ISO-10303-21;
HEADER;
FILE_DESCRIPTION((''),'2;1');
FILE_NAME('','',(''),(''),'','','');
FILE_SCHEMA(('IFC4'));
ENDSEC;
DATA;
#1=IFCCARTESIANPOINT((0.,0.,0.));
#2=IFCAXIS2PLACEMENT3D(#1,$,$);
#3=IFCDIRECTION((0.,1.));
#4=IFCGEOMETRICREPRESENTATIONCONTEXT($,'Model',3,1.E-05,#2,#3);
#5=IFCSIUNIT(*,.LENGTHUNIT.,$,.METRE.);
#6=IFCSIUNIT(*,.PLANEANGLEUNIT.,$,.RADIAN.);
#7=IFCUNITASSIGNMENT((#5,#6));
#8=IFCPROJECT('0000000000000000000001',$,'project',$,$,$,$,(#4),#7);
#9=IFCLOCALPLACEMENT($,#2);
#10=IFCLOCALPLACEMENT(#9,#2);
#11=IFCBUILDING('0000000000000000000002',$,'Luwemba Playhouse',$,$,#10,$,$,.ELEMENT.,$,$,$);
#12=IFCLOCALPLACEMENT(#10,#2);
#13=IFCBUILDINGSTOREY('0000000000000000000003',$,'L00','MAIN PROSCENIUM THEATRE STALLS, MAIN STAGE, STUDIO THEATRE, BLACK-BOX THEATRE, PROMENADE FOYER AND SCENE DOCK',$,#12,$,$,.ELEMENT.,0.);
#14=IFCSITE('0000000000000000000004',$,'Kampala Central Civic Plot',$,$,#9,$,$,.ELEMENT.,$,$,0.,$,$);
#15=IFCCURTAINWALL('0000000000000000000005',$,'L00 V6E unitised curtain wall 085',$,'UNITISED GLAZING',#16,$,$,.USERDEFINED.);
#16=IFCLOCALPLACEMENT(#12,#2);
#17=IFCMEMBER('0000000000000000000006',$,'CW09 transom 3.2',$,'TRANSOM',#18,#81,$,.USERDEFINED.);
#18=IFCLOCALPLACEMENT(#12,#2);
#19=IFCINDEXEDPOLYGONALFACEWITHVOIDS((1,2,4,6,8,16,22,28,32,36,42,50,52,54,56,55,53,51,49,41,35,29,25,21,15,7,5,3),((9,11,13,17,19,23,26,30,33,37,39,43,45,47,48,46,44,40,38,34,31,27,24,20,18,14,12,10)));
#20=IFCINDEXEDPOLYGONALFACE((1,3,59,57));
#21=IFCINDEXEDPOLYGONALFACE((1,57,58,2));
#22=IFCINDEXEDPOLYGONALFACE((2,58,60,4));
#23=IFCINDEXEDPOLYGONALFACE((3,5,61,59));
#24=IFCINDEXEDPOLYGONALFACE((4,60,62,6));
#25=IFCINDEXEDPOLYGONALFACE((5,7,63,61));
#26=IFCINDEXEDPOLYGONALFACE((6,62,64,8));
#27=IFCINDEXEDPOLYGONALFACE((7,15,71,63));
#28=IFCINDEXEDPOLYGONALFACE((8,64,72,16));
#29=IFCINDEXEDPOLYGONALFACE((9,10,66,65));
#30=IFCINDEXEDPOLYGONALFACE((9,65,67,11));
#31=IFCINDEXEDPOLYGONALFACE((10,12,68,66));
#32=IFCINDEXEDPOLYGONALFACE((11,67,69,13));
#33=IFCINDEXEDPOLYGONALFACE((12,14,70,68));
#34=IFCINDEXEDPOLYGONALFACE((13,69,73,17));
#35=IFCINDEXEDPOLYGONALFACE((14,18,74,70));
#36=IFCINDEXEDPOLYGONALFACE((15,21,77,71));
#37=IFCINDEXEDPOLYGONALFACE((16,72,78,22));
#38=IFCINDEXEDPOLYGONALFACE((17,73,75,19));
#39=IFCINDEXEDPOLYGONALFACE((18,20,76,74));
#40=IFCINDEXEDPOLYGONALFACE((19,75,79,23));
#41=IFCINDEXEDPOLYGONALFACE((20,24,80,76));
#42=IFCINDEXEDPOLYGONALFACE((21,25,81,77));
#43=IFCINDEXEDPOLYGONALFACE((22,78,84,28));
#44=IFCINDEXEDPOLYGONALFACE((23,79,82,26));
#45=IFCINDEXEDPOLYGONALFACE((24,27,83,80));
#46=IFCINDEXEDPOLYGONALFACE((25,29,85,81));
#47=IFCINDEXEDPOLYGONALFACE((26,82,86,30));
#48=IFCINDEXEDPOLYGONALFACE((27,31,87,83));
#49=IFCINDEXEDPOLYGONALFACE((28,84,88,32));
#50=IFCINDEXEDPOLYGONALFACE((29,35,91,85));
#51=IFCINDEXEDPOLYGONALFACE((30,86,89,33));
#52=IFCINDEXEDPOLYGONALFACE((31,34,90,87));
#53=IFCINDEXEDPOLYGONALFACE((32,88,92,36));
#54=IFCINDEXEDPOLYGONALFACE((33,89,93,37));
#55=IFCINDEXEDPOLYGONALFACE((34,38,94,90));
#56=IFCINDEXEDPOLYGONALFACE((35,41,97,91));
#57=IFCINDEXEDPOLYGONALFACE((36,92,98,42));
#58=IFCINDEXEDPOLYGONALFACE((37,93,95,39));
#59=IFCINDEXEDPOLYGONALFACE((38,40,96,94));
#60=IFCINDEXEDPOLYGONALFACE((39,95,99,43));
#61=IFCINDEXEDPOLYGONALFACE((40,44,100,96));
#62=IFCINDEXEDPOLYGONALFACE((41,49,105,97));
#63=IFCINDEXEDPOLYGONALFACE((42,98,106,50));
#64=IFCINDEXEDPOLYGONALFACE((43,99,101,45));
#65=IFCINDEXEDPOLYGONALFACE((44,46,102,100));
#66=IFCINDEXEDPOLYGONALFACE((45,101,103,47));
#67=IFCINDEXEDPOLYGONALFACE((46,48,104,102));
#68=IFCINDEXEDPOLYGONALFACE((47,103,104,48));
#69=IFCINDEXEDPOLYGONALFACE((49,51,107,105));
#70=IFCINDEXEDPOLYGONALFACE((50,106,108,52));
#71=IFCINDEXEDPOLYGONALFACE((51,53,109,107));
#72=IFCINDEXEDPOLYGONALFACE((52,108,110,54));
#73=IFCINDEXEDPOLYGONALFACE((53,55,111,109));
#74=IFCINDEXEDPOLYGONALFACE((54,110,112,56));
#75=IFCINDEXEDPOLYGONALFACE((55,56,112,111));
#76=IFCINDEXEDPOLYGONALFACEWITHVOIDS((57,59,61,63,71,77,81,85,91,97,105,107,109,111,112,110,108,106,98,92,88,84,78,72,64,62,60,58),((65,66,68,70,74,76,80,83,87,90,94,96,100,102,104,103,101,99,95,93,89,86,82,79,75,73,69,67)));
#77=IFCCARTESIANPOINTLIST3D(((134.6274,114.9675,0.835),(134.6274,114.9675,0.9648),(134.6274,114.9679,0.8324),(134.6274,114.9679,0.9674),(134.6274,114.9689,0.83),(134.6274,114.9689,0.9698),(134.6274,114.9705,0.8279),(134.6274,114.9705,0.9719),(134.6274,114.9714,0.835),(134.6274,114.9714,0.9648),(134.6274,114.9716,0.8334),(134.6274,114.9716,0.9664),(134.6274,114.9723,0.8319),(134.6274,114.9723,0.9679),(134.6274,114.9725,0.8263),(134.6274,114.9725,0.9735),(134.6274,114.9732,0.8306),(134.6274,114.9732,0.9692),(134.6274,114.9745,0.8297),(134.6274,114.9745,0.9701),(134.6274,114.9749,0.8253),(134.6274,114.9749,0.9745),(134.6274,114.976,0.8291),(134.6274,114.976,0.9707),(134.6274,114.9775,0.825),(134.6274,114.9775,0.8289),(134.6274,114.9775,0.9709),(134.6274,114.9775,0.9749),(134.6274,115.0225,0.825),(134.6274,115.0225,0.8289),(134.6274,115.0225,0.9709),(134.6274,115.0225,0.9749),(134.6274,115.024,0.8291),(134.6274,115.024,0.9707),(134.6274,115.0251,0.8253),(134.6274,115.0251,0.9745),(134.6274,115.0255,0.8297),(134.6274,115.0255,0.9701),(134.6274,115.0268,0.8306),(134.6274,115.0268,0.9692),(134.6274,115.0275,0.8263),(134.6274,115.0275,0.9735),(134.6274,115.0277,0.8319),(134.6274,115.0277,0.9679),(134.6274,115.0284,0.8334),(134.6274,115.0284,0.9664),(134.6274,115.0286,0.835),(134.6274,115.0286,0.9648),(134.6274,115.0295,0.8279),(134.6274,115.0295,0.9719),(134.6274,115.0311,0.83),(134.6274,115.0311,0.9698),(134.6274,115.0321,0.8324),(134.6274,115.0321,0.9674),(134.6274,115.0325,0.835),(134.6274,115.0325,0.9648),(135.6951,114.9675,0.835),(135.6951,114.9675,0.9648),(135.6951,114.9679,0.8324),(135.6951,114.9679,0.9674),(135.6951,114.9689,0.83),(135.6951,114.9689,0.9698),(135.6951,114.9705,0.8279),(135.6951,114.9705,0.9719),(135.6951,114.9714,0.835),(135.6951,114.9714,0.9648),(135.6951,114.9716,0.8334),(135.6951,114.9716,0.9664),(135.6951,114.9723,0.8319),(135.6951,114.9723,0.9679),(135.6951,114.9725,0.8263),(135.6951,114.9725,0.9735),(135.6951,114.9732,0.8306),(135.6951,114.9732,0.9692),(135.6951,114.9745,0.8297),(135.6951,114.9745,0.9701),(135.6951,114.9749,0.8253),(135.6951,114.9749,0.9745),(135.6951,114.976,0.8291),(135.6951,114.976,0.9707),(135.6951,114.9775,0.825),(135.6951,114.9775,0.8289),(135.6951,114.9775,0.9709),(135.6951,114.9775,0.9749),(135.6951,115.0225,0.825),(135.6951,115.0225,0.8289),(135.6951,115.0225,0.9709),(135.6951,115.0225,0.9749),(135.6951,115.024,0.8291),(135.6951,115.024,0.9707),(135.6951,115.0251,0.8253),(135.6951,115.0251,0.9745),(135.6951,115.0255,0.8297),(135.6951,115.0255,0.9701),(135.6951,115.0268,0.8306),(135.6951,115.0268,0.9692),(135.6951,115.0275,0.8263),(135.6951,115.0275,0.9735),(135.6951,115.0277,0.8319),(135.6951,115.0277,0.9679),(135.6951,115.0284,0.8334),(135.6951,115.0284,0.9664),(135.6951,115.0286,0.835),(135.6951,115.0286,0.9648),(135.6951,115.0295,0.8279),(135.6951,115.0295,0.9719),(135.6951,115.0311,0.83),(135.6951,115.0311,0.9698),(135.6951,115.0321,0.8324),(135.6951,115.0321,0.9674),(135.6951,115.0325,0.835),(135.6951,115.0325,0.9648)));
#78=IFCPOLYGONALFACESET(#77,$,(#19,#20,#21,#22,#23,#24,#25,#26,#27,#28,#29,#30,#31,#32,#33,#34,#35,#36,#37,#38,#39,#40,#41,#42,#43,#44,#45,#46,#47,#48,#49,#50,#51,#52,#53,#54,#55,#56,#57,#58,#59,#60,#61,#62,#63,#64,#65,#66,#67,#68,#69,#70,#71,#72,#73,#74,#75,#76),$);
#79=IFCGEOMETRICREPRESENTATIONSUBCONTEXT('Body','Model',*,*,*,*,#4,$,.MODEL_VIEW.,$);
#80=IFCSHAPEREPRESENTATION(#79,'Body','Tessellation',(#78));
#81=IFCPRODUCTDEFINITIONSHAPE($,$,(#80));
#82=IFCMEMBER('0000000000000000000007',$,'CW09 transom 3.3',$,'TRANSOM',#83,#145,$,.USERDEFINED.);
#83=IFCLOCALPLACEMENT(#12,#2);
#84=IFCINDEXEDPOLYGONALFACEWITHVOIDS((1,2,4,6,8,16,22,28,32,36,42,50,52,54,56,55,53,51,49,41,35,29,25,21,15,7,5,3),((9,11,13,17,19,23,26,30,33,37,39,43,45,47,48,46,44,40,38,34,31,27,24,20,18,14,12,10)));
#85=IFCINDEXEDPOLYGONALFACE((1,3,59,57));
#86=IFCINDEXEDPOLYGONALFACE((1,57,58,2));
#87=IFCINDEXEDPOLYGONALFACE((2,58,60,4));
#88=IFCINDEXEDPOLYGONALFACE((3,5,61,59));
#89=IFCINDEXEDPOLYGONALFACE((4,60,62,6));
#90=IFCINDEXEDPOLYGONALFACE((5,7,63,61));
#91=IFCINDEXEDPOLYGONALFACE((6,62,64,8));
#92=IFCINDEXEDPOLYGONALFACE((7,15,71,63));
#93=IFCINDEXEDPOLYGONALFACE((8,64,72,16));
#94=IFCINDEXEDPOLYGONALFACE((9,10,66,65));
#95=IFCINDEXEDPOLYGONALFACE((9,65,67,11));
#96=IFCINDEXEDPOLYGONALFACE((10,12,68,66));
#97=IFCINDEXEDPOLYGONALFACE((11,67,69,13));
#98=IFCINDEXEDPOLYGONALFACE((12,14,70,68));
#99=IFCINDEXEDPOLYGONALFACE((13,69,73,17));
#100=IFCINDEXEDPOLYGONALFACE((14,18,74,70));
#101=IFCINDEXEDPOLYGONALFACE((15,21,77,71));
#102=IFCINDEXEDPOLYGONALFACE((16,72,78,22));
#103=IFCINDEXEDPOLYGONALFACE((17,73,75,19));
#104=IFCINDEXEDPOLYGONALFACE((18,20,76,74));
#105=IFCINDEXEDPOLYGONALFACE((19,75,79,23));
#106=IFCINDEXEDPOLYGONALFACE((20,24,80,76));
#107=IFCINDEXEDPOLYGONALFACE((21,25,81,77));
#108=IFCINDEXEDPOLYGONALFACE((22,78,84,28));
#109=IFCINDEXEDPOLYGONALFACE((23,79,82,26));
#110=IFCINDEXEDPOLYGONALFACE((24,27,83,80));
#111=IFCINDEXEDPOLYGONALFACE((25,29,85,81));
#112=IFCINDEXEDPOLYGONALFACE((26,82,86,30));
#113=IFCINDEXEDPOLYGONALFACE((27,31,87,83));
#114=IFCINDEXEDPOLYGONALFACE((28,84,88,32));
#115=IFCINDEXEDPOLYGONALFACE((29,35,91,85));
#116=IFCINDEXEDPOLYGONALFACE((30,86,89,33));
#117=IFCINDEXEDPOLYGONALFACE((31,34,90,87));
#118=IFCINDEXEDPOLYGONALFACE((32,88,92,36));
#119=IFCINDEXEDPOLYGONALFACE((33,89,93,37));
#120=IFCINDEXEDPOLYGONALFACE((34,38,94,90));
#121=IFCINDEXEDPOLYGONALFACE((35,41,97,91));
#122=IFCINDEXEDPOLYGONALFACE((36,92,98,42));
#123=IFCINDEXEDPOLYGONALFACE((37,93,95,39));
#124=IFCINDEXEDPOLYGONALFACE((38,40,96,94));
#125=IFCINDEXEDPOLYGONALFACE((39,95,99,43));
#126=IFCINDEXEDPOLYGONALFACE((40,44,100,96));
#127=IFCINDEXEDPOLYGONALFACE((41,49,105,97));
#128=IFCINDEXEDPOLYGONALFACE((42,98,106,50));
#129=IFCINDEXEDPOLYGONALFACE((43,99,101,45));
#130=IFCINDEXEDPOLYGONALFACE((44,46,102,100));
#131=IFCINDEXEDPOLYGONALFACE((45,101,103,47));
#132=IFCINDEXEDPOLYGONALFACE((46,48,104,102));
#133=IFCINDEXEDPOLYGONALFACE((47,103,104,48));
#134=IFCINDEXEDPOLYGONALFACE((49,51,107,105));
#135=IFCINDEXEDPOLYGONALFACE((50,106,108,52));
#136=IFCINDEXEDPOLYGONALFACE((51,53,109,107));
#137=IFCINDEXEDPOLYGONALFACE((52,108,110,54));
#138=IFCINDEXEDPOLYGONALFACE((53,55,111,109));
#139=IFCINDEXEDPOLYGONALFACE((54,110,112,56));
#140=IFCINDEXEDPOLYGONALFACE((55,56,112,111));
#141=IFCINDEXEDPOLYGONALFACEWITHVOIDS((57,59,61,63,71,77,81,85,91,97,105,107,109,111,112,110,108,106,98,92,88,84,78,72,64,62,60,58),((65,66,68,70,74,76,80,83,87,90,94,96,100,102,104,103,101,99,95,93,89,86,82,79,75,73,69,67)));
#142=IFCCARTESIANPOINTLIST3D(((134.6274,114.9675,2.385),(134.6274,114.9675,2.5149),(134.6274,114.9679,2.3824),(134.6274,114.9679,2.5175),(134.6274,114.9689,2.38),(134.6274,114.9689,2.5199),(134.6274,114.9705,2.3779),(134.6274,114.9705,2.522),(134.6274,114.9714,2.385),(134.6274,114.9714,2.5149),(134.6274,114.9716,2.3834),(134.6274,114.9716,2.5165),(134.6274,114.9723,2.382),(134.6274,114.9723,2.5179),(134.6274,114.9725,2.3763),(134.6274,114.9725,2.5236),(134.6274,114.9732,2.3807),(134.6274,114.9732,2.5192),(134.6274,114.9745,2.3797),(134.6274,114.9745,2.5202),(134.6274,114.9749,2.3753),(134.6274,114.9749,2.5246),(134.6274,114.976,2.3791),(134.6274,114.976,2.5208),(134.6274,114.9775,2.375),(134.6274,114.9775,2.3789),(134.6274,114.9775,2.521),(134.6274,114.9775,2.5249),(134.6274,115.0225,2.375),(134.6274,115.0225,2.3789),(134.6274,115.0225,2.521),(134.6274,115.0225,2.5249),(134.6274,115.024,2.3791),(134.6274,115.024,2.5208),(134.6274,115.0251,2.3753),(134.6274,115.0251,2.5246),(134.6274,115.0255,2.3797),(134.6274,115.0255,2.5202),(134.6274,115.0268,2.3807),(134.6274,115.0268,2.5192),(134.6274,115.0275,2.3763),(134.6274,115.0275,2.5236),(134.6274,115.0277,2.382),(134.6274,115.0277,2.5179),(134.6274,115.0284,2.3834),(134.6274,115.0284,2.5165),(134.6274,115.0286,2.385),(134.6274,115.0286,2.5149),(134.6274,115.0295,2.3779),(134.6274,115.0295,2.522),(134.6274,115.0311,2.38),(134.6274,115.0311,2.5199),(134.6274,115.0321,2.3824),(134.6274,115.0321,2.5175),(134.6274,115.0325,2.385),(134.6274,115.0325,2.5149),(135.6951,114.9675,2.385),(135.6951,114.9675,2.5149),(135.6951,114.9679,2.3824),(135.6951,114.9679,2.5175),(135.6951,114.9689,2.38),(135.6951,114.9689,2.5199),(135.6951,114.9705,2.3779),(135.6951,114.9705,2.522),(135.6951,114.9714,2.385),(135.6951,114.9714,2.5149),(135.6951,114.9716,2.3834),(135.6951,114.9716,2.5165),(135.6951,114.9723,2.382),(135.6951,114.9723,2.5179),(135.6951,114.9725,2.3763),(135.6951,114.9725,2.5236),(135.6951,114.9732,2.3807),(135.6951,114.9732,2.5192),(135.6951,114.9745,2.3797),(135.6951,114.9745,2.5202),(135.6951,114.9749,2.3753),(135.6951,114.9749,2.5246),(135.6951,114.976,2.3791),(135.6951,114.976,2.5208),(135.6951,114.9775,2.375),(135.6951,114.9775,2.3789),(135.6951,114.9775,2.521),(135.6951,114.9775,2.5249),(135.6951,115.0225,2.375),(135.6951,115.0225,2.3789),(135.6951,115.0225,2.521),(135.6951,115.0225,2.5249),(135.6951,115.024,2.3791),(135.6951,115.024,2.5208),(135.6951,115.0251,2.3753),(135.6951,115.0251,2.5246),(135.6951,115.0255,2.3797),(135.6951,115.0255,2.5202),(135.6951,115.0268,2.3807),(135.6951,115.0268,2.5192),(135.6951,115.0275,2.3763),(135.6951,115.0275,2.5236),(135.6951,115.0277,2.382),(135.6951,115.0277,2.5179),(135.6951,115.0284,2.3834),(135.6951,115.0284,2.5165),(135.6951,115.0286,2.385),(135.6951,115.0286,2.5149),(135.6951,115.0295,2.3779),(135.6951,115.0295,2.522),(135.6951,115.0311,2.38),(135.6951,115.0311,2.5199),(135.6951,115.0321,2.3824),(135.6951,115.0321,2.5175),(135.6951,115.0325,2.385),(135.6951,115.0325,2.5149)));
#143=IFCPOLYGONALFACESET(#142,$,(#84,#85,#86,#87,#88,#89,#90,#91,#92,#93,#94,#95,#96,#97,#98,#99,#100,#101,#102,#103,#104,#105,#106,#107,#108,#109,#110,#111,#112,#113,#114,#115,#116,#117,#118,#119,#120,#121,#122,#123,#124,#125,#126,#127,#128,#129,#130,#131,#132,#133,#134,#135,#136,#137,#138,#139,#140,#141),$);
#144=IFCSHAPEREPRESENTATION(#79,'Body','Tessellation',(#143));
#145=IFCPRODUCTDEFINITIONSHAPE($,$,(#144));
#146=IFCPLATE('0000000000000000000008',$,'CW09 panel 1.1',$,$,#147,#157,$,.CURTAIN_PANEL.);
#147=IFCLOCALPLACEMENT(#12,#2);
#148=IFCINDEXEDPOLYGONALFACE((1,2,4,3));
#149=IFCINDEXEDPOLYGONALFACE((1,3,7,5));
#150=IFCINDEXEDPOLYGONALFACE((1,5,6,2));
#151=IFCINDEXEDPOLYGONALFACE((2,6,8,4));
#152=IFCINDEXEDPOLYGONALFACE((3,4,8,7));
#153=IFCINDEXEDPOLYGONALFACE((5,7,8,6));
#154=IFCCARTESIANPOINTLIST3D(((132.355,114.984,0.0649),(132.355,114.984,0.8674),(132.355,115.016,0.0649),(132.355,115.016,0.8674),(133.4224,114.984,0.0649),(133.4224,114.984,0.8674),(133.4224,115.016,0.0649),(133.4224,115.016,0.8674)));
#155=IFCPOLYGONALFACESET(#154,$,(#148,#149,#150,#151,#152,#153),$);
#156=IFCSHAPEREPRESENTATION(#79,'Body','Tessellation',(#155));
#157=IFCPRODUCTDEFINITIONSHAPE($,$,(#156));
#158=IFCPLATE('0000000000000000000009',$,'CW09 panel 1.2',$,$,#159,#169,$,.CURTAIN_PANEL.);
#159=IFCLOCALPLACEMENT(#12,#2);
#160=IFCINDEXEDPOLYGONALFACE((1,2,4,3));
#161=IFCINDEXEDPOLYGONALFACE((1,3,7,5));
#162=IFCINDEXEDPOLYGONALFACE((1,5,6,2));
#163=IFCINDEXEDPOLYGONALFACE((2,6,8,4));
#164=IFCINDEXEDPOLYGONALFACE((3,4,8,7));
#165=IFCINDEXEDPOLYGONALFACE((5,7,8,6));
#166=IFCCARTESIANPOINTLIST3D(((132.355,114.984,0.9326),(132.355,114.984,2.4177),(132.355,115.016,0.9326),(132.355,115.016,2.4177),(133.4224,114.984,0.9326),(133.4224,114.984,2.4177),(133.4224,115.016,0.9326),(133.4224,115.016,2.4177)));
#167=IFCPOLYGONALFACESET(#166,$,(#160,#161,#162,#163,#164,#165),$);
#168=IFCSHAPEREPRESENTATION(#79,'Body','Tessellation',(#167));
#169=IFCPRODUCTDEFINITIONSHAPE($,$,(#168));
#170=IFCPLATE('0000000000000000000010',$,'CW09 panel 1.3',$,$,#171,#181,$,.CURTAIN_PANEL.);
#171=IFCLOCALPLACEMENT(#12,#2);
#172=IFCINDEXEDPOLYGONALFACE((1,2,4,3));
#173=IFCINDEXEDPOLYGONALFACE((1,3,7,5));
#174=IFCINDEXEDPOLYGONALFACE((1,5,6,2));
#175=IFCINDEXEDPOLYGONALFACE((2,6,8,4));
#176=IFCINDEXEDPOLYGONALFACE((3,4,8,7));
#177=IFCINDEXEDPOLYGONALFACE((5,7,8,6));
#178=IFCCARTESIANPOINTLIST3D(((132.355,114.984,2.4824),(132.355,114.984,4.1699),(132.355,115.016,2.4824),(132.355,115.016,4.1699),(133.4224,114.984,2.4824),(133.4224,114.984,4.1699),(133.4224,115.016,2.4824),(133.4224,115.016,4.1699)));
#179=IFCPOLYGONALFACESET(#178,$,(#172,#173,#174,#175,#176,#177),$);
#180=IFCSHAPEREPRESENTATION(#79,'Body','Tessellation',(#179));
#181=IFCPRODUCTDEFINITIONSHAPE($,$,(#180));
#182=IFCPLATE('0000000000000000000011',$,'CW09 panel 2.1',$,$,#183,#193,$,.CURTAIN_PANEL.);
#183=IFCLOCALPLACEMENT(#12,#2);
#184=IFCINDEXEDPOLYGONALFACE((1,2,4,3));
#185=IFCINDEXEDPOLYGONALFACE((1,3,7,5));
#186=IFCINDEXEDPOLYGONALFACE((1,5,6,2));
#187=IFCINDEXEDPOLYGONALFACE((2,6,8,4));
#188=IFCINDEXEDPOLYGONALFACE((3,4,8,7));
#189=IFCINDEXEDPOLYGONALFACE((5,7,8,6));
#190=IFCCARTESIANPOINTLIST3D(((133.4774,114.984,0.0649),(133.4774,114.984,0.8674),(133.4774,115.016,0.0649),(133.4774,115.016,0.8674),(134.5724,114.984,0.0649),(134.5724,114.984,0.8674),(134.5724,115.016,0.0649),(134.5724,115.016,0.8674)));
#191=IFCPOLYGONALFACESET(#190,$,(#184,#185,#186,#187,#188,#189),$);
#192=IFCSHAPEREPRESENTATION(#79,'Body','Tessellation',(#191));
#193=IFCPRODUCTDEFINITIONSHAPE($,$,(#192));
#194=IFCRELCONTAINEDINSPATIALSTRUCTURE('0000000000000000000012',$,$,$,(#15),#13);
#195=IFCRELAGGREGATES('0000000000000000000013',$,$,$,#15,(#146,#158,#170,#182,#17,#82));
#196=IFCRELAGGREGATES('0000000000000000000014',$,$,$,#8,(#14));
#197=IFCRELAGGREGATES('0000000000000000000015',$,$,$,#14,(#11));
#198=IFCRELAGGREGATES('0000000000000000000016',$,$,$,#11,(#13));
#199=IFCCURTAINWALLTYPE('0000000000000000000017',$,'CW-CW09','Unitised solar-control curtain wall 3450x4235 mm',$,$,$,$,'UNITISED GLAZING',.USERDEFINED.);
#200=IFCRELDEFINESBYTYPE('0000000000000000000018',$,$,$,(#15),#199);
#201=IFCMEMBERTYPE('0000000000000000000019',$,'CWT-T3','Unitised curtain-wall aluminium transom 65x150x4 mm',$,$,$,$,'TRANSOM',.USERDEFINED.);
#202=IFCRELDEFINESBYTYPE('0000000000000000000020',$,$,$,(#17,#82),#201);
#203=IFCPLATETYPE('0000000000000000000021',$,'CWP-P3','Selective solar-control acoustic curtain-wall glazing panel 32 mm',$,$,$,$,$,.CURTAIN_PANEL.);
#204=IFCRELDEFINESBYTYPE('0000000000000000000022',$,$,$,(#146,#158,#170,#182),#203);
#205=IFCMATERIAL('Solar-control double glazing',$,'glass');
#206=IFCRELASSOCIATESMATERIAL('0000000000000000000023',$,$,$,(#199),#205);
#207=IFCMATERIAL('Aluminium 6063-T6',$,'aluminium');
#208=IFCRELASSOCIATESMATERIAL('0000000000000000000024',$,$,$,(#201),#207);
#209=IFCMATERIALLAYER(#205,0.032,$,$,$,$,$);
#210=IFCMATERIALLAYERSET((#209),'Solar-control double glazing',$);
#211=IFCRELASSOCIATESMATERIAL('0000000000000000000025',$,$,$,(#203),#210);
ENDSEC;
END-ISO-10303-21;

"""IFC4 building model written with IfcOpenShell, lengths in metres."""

from ifc_helpers import new_model, si_unit, direction, frame, origin, origin_2d, place, context, subcontext, project, spatial, rectangle, hollow_rectangle, extrude, material, layer, layer_set, material_profile, profile_set, type_object, element, aggregate, save


model = new_model("IFC4")

# Units and contexts
model_context = context("Model", 3, precision=1e-05, world=origin(), true_north=direction((0.0, 1.0)))
body_context = subcontext(model_context, "Body", "Model", "MODEL_VIEW")
ifc_project = project(units=[si_unit("LENGTHUNIT", "METRE"), si_unit("PLANEANGLEUNIT", "RADIAN")], contexts=[model_context])

# Site, building, storey
site_placement = place(None, origin())
site = spatial("IfcSite", under=ifc_project, at=site_placement, Name="Kampala Central Civic Plot", CompositionType="ELEMENT", RefElevation=0.0)
building_placement = place(site_placement, origin())
building = spatial("IfcBuilding", under=site, at=building_placement, Name="Luwemba Playhouse", CompositionType="ELEMENT")
storey_placement = place(building_placement, origin())
storey = spatial("IfcBuildingStorey", under=building, at=storey_placement, Name="L00", Description="MAIN PROSCENIUM THEATRE STALLS, MAIN STAGE, STUDIO THEATRE, BLACK-BOX THEATRE, PROMENADE FOYER AND SCENE DOCK", CompositionType="ELEMENT", Elevation=0.0)

# Curtain wall, members, plates
ifc_material_1 = material(Name="Solar-control double glazing", Category="glass")
curtain_wall_type = type_object("IfcCurtainWallType", Name="CW-CW09", Description="Unitised solar-control curtain wall 3450x4235 mm", ElementType="UNITISED GLAZING", PredefinedType="USERDEFINED", material=ifc_material_1)
curtain_wall_placement = place(storey_placement, origin())
curtain_wall = element("IfcCurtainWall", 1, at=curtain_wall_placement, inside=storey, type_object=curtain_wall_type, Name="L00 V6E unitised curtain wall 085", ObjectType="UNITISED GLAZING", PredefinedType="USERDEFINED")
ifc_material_2 = material(Name="Aluminium 6063-T6", Category="aluminium")
ifc_material_profile_1 = material_profile(ifc_material_2, hollow_rectangle(XDim=0.0649, YDim=0.1499, WallThickness=0.0039, InnerFilletRadius=0.0061, OuterFilletRadius=0.01, at=origin_2d()))
ifc_profile_set_1 = profile_set([ifc_material_profile_1], Name="Aluminium 6063-T6")
member_type_1 = type_object("IfcMemberType", Name="CWT-T3", Description="Unitised curtain-wall aluminium transom 65x150x4 mm", ElementType="TRANSOM", PredefinedType="USERDEFINED", material=ifc_profile_set_1)
member_1_placement = place(storey_placement, frame((134.6274, 115.0, 0.8999), z_axis=(1.0, 0.0, 0.0), x_axis=(0.0, 1.0, 0.0)))
member_1 = element("IfcMember", 2, at=member_1_placement, type_object=member_type_1, Name="CW09 transom 3.2", ObjectType="TRANSOM", PredefinedType="USERDEFINED", context=body_context, shape_type="SweptSolid", body=[
    extrude(hollow_rectangle(XDim=0.0649, YDim=0.1499, WallThickness=0.0039, InnerFilletRadius=0.0061, OuterFilletRadius=0.01, at=origin_2d()), origin(), (0.0, 0.0, 1.0), 1.0676),
])
member_2_placement = place(storey_placement, frame((134.6274, 115.0, 2.45), z_axis=(1.0, 0.0, 0.0), x_axis=(0.0, 1.0, 0.0)))
member_2 = element("IfcMember", 3, at=member_2_placement, type_object=member_type_1, Name="CW09 transom 3.3", ObjectType="TRANSOM", PredefinedType="USERDEFINED", context=body_context, shape_type="SweptSolid", body=[
    extrude(hollow_rectangle(XDim=0.0649, YDim=0.1499, WallThickness=0.0039, InnerFilletRadius=0.0061, OuterFilletRadius=0.01, at=origin_2d()), origin(), (0.0, 0.0, 1.0), 1.0676),
])
ifc_layer_1 = layer(ifc_material_1, 0.032)
ifc_layer_set_1 = layer_set([ifc_layer_1], Name="Solar-control double glazing")
plate_type = type_object("IfcPlateType", Name="CWP-P3", Description="Selective solar-control acoustic curtain-wall glazing panel 32 mm", PredefinedType="CURTAIN_PANEL", material=ifc_layer_set_1)
plate_1_placement = place(storey_placement, frame((132.8887, 115.0, 0.0649), z_axis=(0.0, 0.0, 1.0), x_axis=(1.0, 0.0, 0.0)))
plate_1 = element("IfcPlate", 4, at=plate_1_placement, type_object=plate_type, Name="CW09 panel 1.1", PredefinedType="CURTAIN_PANEL", context=body_context, shape_type="SweptSolid", body=[
    extrude(rectangle(XDim=1.0674, YDim=0.032, at=origin_2d()), origin(), (0.0, 0.0, 1.0), 0.8025),
])
plate_2_placement = place(storey_placement, frame((132.8887, 115.0, 0.9326), z_axis=(0.0, 0.0, 1.0), x_axis=(1.0, 0.0, 0.0)))
plate_2 = element("IfcPlate", 5, at=plate_2_placement, type_object=plate_type, Name="CW09 panel 1.2", PredefinedType="CURTAIN_PANEL", context=body_context, shape_type="SweptSolid", body=[
    extrude(rectangle(XDim=1.0674, YDim=0.032, at=origin_2d()), origin(), (0.0, 0.0, 1.0), 1.4851),
])
plate_3_placement = place(storey_placement, frame((132.8887, 115.0, 2.4824), z_axis=(0.0, 0.0, 1.0), x_axis=(1.0, 0.0, 0.0)))
plate_3 = element("IfcPlate", 6, at=plate_3_placement, type_object=plate_type, Name="CW09 panel 1.3", PredefinedType="CURTAIN_PANEL", context=body_context, shape_type="SweptSolid", body=[
    extrude(rectangle(XDim=1.0674, YDim=0.032, at=origin_2d()), origin(), (0.0, 0.0, 1.0), 1.6875),
])
plate_4_placement = place(storey_placement, frame((134.0249, 115.0, 0.0649), z_axis=(0.0, 0.0, 1.0), x_axis=(1.0, 0.0, 0.0)))
plate_4 = element("IfcPlate", 7, at=plate_4_placement, type_object=plate_type, Name="CW09 panel 2.1", PredefinedType="CURTAIN_PANEL", context=body_context, shape_type="SweptSolid", body=[
    extrude(rectangle(XDim=1.095, YDim=0.032, at=origin_2d()), origin(), (0.0, 0.0, 1.0), 0.8025),
])
aggregate(curtain_wall, [plate_1, plate_2, plate_3, plate_4, member_1, member_2])

save(model, "model.ifc")
